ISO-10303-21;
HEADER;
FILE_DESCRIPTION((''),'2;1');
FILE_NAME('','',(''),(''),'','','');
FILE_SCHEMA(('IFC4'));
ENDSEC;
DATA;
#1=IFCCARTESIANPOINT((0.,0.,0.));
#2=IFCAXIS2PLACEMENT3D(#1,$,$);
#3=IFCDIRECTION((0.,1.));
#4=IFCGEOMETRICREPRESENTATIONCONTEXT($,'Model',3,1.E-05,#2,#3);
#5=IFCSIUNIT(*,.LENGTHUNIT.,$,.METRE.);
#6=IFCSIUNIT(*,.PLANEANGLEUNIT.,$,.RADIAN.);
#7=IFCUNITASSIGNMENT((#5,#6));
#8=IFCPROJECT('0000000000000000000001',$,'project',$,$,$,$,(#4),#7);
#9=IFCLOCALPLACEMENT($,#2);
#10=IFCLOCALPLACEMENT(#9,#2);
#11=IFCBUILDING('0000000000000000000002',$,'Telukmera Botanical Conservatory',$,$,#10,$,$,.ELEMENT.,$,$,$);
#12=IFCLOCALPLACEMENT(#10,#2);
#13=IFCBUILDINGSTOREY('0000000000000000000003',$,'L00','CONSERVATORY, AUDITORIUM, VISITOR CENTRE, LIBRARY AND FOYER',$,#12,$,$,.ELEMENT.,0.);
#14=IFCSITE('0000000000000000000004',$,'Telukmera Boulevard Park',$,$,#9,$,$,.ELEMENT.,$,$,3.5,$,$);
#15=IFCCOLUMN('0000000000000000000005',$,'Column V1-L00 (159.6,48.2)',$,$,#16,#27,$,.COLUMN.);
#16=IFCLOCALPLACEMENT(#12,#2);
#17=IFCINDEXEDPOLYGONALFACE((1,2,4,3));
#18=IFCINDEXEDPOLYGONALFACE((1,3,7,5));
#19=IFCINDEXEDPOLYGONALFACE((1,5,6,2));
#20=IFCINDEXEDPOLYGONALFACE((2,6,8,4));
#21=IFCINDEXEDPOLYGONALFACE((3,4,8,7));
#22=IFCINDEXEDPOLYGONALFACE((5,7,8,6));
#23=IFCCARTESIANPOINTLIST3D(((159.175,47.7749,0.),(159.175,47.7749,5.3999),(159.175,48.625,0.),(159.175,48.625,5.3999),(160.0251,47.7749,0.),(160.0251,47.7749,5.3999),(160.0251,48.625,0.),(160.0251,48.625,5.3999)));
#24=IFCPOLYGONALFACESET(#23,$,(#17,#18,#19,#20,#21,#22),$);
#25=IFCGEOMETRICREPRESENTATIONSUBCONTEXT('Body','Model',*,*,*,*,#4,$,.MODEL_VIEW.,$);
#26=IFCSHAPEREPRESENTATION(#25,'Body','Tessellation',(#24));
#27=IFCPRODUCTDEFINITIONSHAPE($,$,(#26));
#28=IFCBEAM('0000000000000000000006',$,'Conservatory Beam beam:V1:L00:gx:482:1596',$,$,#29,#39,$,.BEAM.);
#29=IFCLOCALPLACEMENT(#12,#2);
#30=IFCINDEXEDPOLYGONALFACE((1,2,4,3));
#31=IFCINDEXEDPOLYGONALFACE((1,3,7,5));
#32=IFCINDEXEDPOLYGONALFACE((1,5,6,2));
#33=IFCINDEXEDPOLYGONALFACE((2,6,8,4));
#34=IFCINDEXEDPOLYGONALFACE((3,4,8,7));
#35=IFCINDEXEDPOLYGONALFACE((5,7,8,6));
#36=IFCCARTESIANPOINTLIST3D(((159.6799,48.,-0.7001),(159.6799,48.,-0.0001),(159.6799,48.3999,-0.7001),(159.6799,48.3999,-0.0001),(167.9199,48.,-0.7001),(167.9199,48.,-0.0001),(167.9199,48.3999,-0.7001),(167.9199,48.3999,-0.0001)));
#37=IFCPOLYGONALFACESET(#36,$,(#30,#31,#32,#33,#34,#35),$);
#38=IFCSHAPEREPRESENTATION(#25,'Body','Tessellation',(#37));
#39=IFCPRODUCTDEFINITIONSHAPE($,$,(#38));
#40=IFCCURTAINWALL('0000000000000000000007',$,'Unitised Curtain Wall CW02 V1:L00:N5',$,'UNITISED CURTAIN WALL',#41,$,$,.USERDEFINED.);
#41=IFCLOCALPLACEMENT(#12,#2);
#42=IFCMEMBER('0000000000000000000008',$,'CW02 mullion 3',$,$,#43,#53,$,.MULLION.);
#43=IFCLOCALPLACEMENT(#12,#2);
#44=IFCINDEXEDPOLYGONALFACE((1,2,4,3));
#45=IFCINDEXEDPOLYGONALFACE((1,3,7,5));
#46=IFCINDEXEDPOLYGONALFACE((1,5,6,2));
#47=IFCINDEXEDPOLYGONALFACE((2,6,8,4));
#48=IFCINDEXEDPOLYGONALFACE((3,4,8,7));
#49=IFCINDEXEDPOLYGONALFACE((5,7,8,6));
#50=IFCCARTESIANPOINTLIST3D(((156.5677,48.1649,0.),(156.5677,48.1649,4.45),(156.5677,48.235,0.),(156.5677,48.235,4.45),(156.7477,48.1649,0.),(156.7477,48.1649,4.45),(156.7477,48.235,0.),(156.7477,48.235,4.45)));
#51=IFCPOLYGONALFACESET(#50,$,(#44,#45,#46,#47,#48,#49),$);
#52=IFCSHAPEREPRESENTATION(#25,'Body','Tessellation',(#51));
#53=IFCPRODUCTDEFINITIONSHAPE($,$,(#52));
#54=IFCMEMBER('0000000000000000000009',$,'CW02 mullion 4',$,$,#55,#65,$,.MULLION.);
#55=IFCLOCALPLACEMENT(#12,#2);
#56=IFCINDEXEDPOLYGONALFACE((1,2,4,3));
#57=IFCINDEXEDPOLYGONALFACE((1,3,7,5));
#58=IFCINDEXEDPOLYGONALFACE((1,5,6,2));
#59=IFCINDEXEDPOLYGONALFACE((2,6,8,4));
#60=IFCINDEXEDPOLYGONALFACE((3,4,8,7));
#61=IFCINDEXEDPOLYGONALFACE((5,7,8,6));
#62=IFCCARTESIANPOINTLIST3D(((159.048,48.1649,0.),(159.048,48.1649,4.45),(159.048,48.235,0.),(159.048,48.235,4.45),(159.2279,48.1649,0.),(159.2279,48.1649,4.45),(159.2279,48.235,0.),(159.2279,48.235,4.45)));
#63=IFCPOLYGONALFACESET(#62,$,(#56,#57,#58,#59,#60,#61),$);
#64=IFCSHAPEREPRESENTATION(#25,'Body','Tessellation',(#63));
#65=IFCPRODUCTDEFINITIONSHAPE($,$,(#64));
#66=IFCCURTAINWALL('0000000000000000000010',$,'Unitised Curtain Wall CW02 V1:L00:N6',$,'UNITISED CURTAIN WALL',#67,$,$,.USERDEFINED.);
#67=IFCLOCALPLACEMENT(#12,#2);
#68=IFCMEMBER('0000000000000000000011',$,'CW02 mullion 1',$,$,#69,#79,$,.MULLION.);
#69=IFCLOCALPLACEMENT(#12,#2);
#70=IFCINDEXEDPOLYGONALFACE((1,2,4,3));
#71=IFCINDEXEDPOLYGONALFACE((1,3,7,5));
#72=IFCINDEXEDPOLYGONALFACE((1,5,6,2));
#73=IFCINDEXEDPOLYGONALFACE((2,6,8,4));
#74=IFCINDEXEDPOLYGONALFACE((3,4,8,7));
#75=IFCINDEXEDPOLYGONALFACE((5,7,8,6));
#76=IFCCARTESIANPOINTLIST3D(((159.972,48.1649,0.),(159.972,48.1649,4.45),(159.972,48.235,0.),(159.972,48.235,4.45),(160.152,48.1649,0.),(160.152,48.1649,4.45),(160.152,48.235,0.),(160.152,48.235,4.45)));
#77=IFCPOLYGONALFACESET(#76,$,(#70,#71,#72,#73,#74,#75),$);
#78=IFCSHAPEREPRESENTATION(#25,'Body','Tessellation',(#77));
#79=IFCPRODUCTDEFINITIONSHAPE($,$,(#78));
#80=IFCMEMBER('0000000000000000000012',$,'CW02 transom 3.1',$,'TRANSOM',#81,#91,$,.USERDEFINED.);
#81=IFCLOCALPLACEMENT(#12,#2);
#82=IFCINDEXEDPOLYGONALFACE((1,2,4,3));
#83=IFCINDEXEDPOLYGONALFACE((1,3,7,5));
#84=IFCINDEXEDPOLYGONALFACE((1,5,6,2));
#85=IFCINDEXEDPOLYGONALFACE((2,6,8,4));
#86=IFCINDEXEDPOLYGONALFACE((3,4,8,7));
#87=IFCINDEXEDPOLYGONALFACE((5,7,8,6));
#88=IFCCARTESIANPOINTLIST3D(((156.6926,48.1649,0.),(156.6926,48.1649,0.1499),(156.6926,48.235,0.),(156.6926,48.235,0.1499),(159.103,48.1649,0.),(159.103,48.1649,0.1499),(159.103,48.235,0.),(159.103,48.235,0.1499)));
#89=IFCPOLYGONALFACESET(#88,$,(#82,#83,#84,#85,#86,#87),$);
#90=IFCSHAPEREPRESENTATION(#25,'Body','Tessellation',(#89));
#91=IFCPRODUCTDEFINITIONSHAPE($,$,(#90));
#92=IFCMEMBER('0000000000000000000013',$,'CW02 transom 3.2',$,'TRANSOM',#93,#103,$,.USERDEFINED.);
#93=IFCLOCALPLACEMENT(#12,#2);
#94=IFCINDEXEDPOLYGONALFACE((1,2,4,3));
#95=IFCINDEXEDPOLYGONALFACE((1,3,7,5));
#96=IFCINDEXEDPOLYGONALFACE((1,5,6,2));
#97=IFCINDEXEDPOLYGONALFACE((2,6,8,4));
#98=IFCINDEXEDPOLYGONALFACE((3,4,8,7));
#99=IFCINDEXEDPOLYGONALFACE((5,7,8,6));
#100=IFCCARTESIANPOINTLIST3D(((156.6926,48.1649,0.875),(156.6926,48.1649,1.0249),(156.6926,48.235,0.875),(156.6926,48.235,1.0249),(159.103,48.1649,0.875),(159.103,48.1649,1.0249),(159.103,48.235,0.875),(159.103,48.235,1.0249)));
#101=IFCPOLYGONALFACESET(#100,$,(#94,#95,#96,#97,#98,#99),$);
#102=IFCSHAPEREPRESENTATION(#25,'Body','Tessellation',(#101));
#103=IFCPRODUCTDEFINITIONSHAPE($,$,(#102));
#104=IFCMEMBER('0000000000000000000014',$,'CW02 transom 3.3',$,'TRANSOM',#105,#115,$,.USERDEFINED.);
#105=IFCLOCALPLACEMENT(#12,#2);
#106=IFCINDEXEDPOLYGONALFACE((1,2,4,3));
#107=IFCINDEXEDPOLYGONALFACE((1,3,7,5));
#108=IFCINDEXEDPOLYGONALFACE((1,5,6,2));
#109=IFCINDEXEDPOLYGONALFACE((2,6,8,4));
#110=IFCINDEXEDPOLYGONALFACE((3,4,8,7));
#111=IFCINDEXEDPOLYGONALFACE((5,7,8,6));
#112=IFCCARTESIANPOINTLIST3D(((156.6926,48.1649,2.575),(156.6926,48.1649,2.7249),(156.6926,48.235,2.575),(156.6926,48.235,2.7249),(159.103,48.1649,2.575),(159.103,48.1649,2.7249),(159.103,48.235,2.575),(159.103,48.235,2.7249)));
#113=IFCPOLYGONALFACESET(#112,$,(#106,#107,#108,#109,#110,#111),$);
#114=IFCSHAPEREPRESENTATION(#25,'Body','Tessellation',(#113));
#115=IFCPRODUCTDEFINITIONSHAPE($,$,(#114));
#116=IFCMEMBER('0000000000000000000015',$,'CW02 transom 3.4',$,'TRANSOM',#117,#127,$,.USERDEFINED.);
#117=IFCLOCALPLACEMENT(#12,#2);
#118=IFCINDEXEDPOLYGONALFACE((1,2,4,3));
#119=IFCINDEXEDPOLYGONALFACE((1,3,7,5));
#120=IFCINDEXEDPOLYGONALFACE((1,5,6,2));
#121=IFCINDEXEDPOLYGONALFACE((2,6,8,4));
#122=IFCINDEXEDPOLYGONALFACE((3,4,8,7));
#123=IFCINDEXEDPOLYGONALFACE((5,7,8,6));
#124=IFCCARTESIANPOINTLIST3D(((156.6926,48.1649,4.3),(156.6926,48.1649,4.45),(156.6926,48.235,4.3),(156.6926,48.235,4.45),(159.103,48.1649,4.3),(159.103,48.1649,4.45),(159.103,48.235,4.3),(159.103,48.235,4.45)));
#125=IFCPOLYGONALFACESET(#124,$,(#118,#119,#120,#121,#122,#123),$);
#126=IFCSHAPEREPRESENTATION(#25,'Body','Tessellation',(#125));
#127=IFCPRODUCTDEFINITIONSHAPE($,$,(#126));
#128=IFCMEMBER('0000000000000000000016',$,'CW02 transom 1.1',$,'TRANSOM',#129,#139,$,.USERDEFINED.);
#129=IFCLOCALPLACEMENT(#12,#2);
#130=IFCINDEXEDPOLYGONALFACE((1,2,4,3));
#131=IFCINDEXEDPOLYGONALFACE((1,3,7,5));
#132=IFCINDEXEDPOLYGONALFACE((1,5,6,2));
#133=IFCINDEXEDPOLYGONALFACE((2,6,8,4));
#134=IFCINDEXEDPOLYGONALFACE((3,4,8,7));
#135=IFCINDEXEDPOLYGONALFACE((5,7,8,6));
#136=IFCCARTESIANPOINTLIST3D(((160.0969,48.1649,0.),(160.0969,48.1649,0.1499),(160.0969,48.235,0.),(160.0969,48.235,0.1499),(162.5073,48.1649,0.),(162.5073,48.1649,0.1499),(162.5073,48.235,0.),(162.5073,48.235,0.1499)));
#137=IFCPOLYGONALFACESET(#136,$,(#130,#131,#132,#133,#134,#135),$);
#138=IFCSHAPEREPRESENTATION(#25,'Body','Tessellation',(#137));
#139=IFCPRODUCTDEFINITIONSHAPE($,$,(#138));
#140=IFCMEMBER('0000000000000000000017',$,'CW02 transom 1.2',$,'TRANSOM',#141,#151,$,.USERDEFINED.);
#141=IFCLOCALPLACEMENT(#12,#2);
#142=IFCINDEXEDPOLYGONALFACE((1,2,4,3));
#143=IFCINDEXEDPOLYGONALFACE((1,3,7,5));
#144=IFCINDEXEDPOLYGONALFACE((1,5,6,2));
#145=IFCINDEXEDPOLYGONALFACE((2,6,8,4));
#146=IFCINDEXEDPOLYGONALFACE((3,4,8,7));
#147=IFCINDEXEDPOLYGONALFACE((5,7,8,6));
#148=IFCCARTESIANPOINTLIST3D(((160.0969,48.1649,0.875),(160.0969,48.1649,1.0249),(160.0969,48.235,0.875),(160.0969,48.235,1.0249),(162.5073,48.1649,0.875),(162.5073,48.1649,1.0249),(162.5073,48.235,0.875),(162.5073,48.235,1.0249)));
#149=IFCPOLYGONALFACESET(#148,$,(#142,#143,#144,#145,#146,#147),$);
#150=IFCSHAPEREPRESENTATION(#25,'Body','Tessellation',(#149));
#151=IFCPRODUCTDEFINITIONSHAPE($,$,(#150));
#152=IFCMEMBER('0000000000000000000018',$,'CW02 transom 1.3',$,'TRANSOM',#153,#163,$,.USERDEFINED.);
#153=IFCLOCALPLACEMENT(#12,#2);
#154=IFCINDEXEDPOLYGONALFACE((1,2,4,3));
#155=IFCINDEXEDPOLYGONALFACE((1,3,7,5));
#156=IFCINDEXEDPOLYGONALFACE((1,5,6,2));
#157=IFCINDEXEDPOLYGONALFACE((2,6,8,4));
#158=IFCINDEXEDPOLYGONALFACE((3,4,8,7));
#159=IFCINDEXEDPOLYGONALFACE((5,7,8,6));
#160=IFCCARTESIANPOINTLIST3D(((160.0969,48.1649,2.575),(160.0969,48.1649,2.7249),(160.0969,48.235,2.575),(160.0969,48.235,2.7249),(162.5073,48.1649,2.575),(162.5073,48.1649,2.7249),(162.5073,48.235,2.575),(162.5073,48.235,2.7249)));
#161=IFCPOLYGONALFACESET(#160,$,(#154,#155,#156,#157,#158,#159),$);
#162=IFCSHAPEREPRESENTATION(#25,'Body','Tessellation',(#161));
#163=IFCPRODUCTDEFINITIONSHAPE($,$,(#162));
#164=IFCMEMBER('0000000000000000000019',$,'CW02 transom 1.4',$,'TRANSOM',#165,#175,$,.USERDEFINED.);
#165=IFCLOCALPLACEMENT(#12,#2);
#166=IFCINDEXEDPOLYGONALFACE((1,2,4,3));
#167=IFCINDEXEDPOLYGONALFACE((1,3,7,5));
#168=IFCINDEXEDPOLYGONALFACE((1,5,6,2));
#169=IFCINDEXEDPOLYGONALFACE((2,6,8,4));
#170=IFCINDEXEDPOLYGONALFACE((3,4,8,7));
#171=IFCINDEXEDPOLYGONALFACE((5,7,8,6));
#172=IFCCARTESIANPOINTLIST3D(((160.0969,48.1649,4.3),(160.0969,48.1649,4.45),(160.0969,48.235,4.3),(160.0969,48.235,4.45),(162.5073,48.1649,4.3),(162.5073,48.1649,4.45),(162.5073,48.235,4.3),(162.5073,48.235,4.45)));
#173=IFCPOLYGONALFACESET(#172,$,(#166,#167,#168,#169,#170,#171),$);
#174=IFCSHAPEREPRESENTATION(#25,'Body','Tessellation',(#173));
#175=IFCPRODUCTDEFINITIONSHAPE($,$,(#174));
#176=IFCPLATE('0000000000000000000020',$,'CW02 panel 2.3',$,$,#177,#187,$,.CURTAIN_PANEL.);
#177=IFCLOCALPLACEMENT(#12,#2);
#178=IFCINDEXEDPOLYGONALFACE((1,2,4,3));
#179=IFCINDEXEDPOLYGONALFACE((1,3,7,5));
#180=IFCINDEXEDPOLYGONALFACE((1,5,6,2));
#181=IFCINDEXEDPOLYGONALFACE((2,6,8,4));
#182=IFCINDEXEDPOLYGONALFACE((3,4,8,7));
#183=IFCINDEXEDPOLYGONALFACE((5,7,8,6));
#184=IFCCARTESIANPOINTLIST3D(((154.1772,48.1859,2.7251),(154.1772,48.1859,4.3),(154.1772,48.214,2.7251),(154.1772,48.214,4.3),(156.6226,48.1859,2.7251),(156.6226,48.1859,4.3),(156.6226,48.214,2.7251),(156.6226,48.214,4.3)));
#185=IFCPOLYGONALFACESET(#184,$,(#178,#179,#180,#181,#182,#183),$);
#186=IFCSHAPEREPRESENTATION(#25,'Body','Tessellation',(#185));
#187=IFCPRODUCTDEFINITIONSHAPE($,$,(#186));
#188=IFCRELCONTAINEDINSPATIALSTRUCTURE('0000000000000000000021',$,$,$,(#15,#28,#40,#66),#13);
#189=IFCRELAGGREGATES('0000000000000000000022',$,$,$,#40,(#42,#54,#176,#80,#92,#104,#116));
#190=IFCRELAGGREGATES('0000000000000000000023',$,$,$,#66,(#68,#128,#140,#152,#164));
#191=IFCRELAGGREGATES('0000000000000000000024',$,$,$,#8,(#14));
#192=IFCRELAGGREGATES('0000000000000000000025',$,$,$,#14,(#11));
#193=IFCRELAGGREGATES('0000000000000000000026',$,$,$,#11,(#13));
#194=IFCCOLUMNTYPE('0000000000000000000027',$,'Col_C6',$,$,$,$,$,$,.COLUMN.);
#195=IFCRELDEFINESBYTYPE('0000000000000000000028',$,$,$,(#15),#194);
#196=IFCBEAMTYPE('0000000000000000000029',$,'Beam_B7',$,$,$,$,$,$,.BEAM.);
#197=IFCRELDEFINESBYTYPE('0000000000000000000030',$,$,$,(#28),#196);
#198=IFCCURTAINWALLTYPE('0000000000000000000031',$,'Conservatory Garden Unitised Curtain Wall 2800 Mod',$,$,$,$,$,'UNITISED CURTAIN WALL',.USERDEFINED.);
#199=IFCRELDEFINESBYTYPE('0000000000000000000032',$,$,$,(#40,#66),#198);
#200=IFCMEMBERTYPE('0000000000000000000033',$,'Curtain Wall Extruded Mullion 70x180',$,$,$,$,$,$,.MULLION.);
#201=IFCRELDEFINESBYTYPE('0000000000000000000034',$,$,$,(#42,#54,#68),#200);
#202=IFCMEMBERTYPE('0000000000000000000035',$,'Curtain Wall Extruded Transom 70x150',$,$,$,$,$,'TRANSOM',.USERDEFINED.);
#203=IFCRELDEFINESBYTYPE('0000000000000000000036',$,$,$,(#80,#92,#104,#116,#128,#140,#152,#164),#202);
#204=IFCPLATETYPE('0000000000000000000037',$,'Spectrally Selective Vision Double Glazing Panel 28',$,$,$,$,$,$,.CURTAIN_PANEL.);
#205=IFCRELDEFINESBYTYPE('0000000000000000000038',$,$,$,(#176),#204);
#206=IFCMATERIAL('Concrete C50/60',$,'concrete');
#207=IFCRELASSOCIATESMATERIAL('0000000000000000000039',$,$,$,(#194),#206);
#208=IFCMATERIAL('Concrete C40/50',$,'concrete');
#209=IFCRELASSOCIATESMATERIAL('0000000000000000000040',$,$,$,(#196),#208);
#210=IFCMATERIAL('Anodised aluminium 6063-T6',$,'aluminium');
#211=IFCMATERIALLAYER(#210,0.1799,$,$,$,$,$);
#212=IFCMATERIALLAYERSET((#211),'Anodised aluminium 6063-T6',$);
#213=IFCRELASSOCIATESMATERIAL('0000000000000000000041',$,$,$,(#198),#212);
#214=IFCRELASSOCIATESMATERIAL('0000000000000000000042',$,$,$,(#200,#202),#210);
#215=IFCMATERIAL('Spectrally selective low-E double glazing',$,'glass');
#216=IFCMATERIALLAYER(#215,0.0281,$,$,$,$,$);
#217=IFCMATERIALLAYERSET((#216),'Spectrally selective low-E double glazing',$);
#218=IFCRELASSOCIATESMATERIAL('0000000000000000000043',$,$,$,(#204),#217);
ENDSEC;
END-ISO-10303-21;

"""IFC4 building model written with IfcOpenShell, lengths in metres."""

from ifc_helpers import new_model, si_unit, direction, frame, origin, origin_2d, place, context, subcontext, project, spatial, rectangle, extrude, material, layer, layer_set, material_profile, profile_set, type_object, element, aggregate, save


model = new_model("IFC4")

# Units and contexts
model_context = context("Model", 3, precision=1e-05, world=origin(), true_north=direction((0.0, 1.0)))
body_context = subcontext(model_context, "Body", "Model", "MODEL_VIEW")
ifc_project = project(units=[si_unit("LENGTHUNIT", "METRE"), si_unit("PLANEANGLEUNIT", "RADIAN")], contexts=[model_context])

# Site, building, storey
site_placement = place(None, origin())
site = spatial("IfcSite", under=ifc_project, at=site_placement, Name="Telukmera Boulevard Park", CompositionType="ELEMENT", RefElevation=3.5)
building_placement = place(site_placement, origin())
building = spatial("IfcBuilding", under=site, at=building_placement, Name="Telukmera Botanical Conservatory", CompositionType="ELEMENT")
storey_placement = place(building_placement, origin())
storey = spatial("IfcBuildingStorey", under=building, at=storey_placement, Name="L00", Description="CONSERVATORY, AUDITORIUM, VISITOR CENTRE, LIBRARY AND FOYER", CompositionType="ELEMENT", Elevation=0.0)

# Column
ifc_material_1 = material(Name="Concrete C50/60", Category="concrete")
ifc_material_profile_1 = material_profile(ifc_material_1, rectangle(XDim=0.8501, YDim=0.8501, at=origin_2d()), Name="RC 850x850")
ifc_profile_set_1 = profile_set([ifc_material_profile_1], Name="Concrete C50/60")
column_type = type_object("IfcColumnType", Name="Col_C6", PredefinedType="COLUMN", material=ifc_profile_set_1)
column_placement = place(storey_placement, frame((159.6001, 48.2, 0.0), z_axis=(0.0, 0.0, 1.0), x_axis=(1.0, 0.0, 0.0)))
element("IfcColumn", 1, at=column_placement, inside=storey, type_object=column_type, Name="Column V1-L00 (159.6,48.2)", PredefinedType="COLUMN", context=body_context, shape_type="SweptSolid", body=[
    extrude(rectangle(XDim=0.8501, YDim=0.8501, at=origin_2d()), origin(), (0.0, 0.0, 1.0), 5.3999),
])

# Beam
ifc_material_2 = material(Name="Concrete C40/50", Category="concrete")
ifc_material_profile_2 = material_profile(ifc_material_2, rectangle(XDim=0.3999, YDim=0.7, at=origin_2d()), Name="RC 400x700")
ifc_profile_set_2 = profile_set([ifc_material_profile_2], Name="Concrete C40/50")
beam_type = type_object("IfcBeamType", Name="Beam_B7", PredefinedType="BEAM", material=ifc_profile_set_2)
beam_placement = place(storey_placement, frame((159.6799, 48.2, -0.3501), z_axis=(1.0, 0.0, 0.0), x_axis=(0.0, 1.0, 0.0)))
element("IfcBeam", 2, at=beam_placement, inside=storey, type_object=beam_type, Name="Conservatory Beam beam:V1:L00:gx:482:1596", PredefinedType="BEAM", context=body_context, shape_type="SweptSolid", body=[
    extrude(rectangle(XDim=0.3999, YDim=0.7, at=origin_2d()), origin(), (0.0, 0.0, 1.0), 8.24),
])

# Curtain wall, members
ifc_material_3 = material(Name="Anodised aluminium 6063-T6", Category="aluminium")
ifc_layer_1 = layer(ifc_material_3, 0.1799)
ifc_layer_set_1 = layer_set([ifc_layer_1], Name="Anodised aluminium 6063-T6")
curtain_wall_type = type_object("IfcCurtainWallType", Name="Conservatory Garden Unitised Curtain Wall 2800 Mod", ElementType="UNITISED CURTAIN WALL", PredefinedType="USERDEFINED", material=ifc_layer_set_1)
curtain_wall_1_placement = place(storey_placement, origin())
curtain_wall_1 = element("IfcCurtainWall", 3, at=curtain_wall_1_placement, inside=storey, type_object=curtain_wall_type, Name="Unitised Curtain Wall CW02 V1:L00:N5", ObjectType="UNITISED CURTAIN WALL", PredefinedType="USERDEFINED")
ifc_material_profile_3 = material_profile(ifc_material_3, rectangle(XDim=0.0701, YDim=0.1799, at=origin_2d()), Name="ALU MULL 70x180")
ifc_profile_set_3 = profile_set([ifc_material_profile_3], Name="Anodised aluminium 6063-T6")
member_type_1 = type_object("IfcMemberType", Name="Curtain Wall Extruded Mullion 70x180", PredefinedType="MULLION", material=ifc_profile_set_3)
member_1_placement = place(storey_placement, frame((156.6577, 48.2, 0.0), z_axis=(0.0, 0.0, 1.0), x_axis=(0.0, 1.0, 0.0)))
member_1 = element("IfcMember", 4, at=member_1_placement, type_object=member_type_1, Name="CW02 mullion 3", PredefinedType="MULLION", context=body_context, shape_type="SweptSolid", body=[
    extrude(rectangle(XDim=0.0701, YDim=0.1799, at=origin_2d()), origin(), (0.0, 0.0, 1.0), 4.45),
])
member_2_placement = place(storey_placement, frame((159.1379, 48.2, 0.0), z_axis=(0.0, 0.0, 1.0), x_axis=(0.0, 1.0, 0.0)))
member_2 = element("IfcMember", 5, at=member_2_placement, type_object=member_type_1, Name="CW02 mullion 4", PredefinedType="MULLION", context=body_context, shape_type="SweptSolid", body=[
    extrude(rectangle(XDim=0.0701, YDim=0.1799, at=origin_2d()), origin(), (0.0, 0.0, 1.0), 4.45),
])

# Curtain wall, member
curtain_wall_2_placement = place(storey_placement, origin())
curtain_wall_2 = element("IfcCurtainWall", 6, at=curtain_wall_2_placement, inside=storey, type_object=curtain_wall_type, Name="Unitised Curtain Wall CW02 V1:L00:N6", ObjectType="UNITISED CURTAIN WALL", PredefinedType="USERDEFINED")
member_3_placement = place(storey_placement, frame((160.062, 48.2, 0.0), z_axis=(0.0, 0.0, 1.0), x_axis=(0.0, 1.0, 0.0)))
member_3 = element("IfcMember", 7, at=member_3_placement, type_object=member_type_1, Name="CW02 mullion 1", PredefinedType="MULLION", context=body_context, shape_type="SweptSolid", body=[
    extrude(rectangle(XDim=0.0701, YDim=0.1799, at=origin_2d()), origin(), (0.0, 0.0, 1.0), 4.45),
])

# Members
ifc_material_profile_4 = material_profile(ifc_material_3, rectangle(XDim=0.0701, YDim=0.1499, at=origin_2d()), Name="ALU TRAN 70x150")
ifc_profile_set_4 = profile_set([ifc_material_profile_4], Name="Anodised aluminium 6063-T6")
member_type_2 = type_object("IfcMemberType", Name="Curtain Wall Extruded Transom 70x150", ElementType="TRANSOM", PredefinedType="USERDEFINED", material=ifc_profile_set_4)
member_4_placement = place(storey_placement, frame((156.6926, 48.2, 0.075), z_axis=(1.0, 0.0, 0.0), x_axis=(0.0, 1.0, 0.0)))
member_4 = element("IfcMember", 8, at=member_4_placement, type_object=member_type_2, Name="CW02 transom 3.1", ObjectType="TRANSOM", PredefinedType="USERDEFINED", context=body_context, shape_type="SweptSolid", body=[
    extrude(rectangle(XDim=0.0701, YDim=0.1499, at=origin_2d()), origin(), (0.0, 0.0, 1.0), 2.4104),
])
member_5_placement = place(storey_placement, frame((156.6926, 48.2, 0.95), z_axis=(1.0, 0.0, 0.0), x_axis=(0.0, 1.0, 0.0)))
member_5 = element("IfcMember", 9, at=member_5_placement, type_object=member_type_2, Name="CW02 transom 3.2", ObjectType="TRANSOM", PredefinedType="USERDEFINED", context=body_context, shape_type="SweptSolid", body=[
    extrude(rectangle(XDim=0.0701, YDim=0.1499, at=origin_2d()), origin(), (0.0, 0.0, 1.0), 2.4104),
])
member_6_placement = place(storey_placement, frame((156.6926, 48.2, 2.6499), z_axis=(1.0, 0.0, 0.0), x_axis=(0.0, 1.0, 0.0)))
member_6 = element("IfcMember", 10, at=member_6_placement, type_object=member_type_2, Name="CW02 transom 3.3", ObjectType="TRANSOM", PredefinedType="USERDEFINED", context=body_context, shape_type="SweptSolid", body=[
    extrude(rectangle(XDim=0.0701, YDim=0.1499, at=origin_2d()), origin(), (0.0, 0.0, 1.0), 2.4104),
])
member_7_placement = place(storey_placement, frame((156.6926, 48.2, 4.375), z_axis=(1.0, 0.0, 0.0), x_axis=(0.0, 1.0, 0.0)))
member_7 = element("IfcMember", 11, at=member_7_placement, type_object=member_type_2, Name="CW02 transom 3.4", ObjectType="TRANSOM", PredefinedType="USERDEFINED", context=body_context, shape_type="SweptSolid", body=[
    extrude(rectangle(XDim=0.0701, YDim=0.1499, at=origin_2d()), origin(), (0.0, 0.0, 1.0), 2.4104),
])
member_8_placement = place(storey_placement, frame((160.0969, 48.2, 0.075), z_axis=(1.0, 0.0, 0.0), x_axis=(0.0, 1.0, 0.0)))
member_8 = element("IfcMember", 12, at=member_8_placement, type_object=member_type_2, Name="CW02 transom 1.1", ObjectType="TRANSOM", PredefinedType="USERDEFINED", context=body_context, shape_type="SweptSolid", body=[
    extrude(rectangle(XDim=0.0701, YDim=0.1499, at=origin_2d()), origin(), (0.0, 0.0, 1.0), 2.4104),
])
member_9_placement = place(storey_placement, frame((160.0969, 48.2, 0.95), z_axis=(1.0, 0.0, 0.0), x_axis=(0.0, 1.0, 0.0)))
member_9 = element("IfcMember", 13, at=member_9_placement, type_object=member_type_2, Name="CW02 transom 1.2", ObjectType="TRANSOM", PredefinedType="USERDEFINED", context=body_context, shape_type="SweptSolid", body=[
    extrude(rectangle(XDim=0.0701, YDim=0.1499, at=origin_2d()), origin(), (0.0, 0.0, 1.0), 2.4104),
])
member_10_placement = place(storey_placement, frame((160.0969, 48.2, 2.6499), z_axis=(1.0, 0.0, 0.0), x_axis=(0.0, 1.0, 0.0)))
member_10 = element("IfcMember", 14, at=member_10_placement, type_object=member_type_2, Name="CW02 transom 1.3", ObjectType="TRANSOM", PredefinedType="USERDEFINED", context=body_context, shape_type="SweptSolid", body=[
    extrude(rectangle(XDim=0.0701, YDim=0.1499, at=origin_2d()), origin(), (0.0, 0.0, 1.0), 2.4104),
])
member_11_placement = place(storey_placement, frame((160.0969, 48.2, 4.375), z_axis=(1.0, 0.0, 0.0), x_axis=(0.0, 1.0, 0.0)))
member_11 = element("IfcMember", 15, at=member_11_placement, type_object=member_type_2, Name="CW02 transom 1.4", ObjectType="TRANSOM", PredefinedType="USERDEFINED", context=body_context, shape_type="SweptSolid", body=[
    extrude(rectangle(XDim=0.0701, YDim=0.1499, at=origin_2d()), origin(), (0.0, 0.0, 1.0), 2.4104),
])

# Plate
ifc_material_4 = material(Name="Spectrally selective low-E double glazing", Category="glass")
ifc_layer_2 = layer(ifc_material_4, 0.0281)
ifc_layer_set_2 = layer_set([ifc_layer_2], Name="Spectrally selective low-E double glazing")
plate_type = type_object("IfcPlateType", Name="Spectrally Selective Vision Double Glazing Panel 28", PredefinedType="CURTAIN_PANEL", material=ifc_layer_set_2)
plate_1_placement = place(storey_placement, frame((155.3999, 48.2, 2.7251), z_axis=(0.0, 0.0, 1.0), x_axis=(1.0, 0.0, 0.0)))
plate_1 = element("IfcPlate", 16, at=plate_1_placement, type_object=plate_type, Name="CW02 panel 2.3", PredefinedType="CURTAIN_PANEL", context=body_context, shape_type="SweptSolid", body=[
    extrude(rectangle(XDim=2.4453, YDim=0.0281, at=origin_2d()), origin(), (0.0, 0.0, 1.0), 1.575),
])
aggregate(curtain_wall_1, [member_1, member_2, plate_1, member_4, member_5, member_6, member_7])
aggregate(curtain_wall_2, [member_3, member_8, member_9, member_10, member_11])

save(model, "model.ifc")
